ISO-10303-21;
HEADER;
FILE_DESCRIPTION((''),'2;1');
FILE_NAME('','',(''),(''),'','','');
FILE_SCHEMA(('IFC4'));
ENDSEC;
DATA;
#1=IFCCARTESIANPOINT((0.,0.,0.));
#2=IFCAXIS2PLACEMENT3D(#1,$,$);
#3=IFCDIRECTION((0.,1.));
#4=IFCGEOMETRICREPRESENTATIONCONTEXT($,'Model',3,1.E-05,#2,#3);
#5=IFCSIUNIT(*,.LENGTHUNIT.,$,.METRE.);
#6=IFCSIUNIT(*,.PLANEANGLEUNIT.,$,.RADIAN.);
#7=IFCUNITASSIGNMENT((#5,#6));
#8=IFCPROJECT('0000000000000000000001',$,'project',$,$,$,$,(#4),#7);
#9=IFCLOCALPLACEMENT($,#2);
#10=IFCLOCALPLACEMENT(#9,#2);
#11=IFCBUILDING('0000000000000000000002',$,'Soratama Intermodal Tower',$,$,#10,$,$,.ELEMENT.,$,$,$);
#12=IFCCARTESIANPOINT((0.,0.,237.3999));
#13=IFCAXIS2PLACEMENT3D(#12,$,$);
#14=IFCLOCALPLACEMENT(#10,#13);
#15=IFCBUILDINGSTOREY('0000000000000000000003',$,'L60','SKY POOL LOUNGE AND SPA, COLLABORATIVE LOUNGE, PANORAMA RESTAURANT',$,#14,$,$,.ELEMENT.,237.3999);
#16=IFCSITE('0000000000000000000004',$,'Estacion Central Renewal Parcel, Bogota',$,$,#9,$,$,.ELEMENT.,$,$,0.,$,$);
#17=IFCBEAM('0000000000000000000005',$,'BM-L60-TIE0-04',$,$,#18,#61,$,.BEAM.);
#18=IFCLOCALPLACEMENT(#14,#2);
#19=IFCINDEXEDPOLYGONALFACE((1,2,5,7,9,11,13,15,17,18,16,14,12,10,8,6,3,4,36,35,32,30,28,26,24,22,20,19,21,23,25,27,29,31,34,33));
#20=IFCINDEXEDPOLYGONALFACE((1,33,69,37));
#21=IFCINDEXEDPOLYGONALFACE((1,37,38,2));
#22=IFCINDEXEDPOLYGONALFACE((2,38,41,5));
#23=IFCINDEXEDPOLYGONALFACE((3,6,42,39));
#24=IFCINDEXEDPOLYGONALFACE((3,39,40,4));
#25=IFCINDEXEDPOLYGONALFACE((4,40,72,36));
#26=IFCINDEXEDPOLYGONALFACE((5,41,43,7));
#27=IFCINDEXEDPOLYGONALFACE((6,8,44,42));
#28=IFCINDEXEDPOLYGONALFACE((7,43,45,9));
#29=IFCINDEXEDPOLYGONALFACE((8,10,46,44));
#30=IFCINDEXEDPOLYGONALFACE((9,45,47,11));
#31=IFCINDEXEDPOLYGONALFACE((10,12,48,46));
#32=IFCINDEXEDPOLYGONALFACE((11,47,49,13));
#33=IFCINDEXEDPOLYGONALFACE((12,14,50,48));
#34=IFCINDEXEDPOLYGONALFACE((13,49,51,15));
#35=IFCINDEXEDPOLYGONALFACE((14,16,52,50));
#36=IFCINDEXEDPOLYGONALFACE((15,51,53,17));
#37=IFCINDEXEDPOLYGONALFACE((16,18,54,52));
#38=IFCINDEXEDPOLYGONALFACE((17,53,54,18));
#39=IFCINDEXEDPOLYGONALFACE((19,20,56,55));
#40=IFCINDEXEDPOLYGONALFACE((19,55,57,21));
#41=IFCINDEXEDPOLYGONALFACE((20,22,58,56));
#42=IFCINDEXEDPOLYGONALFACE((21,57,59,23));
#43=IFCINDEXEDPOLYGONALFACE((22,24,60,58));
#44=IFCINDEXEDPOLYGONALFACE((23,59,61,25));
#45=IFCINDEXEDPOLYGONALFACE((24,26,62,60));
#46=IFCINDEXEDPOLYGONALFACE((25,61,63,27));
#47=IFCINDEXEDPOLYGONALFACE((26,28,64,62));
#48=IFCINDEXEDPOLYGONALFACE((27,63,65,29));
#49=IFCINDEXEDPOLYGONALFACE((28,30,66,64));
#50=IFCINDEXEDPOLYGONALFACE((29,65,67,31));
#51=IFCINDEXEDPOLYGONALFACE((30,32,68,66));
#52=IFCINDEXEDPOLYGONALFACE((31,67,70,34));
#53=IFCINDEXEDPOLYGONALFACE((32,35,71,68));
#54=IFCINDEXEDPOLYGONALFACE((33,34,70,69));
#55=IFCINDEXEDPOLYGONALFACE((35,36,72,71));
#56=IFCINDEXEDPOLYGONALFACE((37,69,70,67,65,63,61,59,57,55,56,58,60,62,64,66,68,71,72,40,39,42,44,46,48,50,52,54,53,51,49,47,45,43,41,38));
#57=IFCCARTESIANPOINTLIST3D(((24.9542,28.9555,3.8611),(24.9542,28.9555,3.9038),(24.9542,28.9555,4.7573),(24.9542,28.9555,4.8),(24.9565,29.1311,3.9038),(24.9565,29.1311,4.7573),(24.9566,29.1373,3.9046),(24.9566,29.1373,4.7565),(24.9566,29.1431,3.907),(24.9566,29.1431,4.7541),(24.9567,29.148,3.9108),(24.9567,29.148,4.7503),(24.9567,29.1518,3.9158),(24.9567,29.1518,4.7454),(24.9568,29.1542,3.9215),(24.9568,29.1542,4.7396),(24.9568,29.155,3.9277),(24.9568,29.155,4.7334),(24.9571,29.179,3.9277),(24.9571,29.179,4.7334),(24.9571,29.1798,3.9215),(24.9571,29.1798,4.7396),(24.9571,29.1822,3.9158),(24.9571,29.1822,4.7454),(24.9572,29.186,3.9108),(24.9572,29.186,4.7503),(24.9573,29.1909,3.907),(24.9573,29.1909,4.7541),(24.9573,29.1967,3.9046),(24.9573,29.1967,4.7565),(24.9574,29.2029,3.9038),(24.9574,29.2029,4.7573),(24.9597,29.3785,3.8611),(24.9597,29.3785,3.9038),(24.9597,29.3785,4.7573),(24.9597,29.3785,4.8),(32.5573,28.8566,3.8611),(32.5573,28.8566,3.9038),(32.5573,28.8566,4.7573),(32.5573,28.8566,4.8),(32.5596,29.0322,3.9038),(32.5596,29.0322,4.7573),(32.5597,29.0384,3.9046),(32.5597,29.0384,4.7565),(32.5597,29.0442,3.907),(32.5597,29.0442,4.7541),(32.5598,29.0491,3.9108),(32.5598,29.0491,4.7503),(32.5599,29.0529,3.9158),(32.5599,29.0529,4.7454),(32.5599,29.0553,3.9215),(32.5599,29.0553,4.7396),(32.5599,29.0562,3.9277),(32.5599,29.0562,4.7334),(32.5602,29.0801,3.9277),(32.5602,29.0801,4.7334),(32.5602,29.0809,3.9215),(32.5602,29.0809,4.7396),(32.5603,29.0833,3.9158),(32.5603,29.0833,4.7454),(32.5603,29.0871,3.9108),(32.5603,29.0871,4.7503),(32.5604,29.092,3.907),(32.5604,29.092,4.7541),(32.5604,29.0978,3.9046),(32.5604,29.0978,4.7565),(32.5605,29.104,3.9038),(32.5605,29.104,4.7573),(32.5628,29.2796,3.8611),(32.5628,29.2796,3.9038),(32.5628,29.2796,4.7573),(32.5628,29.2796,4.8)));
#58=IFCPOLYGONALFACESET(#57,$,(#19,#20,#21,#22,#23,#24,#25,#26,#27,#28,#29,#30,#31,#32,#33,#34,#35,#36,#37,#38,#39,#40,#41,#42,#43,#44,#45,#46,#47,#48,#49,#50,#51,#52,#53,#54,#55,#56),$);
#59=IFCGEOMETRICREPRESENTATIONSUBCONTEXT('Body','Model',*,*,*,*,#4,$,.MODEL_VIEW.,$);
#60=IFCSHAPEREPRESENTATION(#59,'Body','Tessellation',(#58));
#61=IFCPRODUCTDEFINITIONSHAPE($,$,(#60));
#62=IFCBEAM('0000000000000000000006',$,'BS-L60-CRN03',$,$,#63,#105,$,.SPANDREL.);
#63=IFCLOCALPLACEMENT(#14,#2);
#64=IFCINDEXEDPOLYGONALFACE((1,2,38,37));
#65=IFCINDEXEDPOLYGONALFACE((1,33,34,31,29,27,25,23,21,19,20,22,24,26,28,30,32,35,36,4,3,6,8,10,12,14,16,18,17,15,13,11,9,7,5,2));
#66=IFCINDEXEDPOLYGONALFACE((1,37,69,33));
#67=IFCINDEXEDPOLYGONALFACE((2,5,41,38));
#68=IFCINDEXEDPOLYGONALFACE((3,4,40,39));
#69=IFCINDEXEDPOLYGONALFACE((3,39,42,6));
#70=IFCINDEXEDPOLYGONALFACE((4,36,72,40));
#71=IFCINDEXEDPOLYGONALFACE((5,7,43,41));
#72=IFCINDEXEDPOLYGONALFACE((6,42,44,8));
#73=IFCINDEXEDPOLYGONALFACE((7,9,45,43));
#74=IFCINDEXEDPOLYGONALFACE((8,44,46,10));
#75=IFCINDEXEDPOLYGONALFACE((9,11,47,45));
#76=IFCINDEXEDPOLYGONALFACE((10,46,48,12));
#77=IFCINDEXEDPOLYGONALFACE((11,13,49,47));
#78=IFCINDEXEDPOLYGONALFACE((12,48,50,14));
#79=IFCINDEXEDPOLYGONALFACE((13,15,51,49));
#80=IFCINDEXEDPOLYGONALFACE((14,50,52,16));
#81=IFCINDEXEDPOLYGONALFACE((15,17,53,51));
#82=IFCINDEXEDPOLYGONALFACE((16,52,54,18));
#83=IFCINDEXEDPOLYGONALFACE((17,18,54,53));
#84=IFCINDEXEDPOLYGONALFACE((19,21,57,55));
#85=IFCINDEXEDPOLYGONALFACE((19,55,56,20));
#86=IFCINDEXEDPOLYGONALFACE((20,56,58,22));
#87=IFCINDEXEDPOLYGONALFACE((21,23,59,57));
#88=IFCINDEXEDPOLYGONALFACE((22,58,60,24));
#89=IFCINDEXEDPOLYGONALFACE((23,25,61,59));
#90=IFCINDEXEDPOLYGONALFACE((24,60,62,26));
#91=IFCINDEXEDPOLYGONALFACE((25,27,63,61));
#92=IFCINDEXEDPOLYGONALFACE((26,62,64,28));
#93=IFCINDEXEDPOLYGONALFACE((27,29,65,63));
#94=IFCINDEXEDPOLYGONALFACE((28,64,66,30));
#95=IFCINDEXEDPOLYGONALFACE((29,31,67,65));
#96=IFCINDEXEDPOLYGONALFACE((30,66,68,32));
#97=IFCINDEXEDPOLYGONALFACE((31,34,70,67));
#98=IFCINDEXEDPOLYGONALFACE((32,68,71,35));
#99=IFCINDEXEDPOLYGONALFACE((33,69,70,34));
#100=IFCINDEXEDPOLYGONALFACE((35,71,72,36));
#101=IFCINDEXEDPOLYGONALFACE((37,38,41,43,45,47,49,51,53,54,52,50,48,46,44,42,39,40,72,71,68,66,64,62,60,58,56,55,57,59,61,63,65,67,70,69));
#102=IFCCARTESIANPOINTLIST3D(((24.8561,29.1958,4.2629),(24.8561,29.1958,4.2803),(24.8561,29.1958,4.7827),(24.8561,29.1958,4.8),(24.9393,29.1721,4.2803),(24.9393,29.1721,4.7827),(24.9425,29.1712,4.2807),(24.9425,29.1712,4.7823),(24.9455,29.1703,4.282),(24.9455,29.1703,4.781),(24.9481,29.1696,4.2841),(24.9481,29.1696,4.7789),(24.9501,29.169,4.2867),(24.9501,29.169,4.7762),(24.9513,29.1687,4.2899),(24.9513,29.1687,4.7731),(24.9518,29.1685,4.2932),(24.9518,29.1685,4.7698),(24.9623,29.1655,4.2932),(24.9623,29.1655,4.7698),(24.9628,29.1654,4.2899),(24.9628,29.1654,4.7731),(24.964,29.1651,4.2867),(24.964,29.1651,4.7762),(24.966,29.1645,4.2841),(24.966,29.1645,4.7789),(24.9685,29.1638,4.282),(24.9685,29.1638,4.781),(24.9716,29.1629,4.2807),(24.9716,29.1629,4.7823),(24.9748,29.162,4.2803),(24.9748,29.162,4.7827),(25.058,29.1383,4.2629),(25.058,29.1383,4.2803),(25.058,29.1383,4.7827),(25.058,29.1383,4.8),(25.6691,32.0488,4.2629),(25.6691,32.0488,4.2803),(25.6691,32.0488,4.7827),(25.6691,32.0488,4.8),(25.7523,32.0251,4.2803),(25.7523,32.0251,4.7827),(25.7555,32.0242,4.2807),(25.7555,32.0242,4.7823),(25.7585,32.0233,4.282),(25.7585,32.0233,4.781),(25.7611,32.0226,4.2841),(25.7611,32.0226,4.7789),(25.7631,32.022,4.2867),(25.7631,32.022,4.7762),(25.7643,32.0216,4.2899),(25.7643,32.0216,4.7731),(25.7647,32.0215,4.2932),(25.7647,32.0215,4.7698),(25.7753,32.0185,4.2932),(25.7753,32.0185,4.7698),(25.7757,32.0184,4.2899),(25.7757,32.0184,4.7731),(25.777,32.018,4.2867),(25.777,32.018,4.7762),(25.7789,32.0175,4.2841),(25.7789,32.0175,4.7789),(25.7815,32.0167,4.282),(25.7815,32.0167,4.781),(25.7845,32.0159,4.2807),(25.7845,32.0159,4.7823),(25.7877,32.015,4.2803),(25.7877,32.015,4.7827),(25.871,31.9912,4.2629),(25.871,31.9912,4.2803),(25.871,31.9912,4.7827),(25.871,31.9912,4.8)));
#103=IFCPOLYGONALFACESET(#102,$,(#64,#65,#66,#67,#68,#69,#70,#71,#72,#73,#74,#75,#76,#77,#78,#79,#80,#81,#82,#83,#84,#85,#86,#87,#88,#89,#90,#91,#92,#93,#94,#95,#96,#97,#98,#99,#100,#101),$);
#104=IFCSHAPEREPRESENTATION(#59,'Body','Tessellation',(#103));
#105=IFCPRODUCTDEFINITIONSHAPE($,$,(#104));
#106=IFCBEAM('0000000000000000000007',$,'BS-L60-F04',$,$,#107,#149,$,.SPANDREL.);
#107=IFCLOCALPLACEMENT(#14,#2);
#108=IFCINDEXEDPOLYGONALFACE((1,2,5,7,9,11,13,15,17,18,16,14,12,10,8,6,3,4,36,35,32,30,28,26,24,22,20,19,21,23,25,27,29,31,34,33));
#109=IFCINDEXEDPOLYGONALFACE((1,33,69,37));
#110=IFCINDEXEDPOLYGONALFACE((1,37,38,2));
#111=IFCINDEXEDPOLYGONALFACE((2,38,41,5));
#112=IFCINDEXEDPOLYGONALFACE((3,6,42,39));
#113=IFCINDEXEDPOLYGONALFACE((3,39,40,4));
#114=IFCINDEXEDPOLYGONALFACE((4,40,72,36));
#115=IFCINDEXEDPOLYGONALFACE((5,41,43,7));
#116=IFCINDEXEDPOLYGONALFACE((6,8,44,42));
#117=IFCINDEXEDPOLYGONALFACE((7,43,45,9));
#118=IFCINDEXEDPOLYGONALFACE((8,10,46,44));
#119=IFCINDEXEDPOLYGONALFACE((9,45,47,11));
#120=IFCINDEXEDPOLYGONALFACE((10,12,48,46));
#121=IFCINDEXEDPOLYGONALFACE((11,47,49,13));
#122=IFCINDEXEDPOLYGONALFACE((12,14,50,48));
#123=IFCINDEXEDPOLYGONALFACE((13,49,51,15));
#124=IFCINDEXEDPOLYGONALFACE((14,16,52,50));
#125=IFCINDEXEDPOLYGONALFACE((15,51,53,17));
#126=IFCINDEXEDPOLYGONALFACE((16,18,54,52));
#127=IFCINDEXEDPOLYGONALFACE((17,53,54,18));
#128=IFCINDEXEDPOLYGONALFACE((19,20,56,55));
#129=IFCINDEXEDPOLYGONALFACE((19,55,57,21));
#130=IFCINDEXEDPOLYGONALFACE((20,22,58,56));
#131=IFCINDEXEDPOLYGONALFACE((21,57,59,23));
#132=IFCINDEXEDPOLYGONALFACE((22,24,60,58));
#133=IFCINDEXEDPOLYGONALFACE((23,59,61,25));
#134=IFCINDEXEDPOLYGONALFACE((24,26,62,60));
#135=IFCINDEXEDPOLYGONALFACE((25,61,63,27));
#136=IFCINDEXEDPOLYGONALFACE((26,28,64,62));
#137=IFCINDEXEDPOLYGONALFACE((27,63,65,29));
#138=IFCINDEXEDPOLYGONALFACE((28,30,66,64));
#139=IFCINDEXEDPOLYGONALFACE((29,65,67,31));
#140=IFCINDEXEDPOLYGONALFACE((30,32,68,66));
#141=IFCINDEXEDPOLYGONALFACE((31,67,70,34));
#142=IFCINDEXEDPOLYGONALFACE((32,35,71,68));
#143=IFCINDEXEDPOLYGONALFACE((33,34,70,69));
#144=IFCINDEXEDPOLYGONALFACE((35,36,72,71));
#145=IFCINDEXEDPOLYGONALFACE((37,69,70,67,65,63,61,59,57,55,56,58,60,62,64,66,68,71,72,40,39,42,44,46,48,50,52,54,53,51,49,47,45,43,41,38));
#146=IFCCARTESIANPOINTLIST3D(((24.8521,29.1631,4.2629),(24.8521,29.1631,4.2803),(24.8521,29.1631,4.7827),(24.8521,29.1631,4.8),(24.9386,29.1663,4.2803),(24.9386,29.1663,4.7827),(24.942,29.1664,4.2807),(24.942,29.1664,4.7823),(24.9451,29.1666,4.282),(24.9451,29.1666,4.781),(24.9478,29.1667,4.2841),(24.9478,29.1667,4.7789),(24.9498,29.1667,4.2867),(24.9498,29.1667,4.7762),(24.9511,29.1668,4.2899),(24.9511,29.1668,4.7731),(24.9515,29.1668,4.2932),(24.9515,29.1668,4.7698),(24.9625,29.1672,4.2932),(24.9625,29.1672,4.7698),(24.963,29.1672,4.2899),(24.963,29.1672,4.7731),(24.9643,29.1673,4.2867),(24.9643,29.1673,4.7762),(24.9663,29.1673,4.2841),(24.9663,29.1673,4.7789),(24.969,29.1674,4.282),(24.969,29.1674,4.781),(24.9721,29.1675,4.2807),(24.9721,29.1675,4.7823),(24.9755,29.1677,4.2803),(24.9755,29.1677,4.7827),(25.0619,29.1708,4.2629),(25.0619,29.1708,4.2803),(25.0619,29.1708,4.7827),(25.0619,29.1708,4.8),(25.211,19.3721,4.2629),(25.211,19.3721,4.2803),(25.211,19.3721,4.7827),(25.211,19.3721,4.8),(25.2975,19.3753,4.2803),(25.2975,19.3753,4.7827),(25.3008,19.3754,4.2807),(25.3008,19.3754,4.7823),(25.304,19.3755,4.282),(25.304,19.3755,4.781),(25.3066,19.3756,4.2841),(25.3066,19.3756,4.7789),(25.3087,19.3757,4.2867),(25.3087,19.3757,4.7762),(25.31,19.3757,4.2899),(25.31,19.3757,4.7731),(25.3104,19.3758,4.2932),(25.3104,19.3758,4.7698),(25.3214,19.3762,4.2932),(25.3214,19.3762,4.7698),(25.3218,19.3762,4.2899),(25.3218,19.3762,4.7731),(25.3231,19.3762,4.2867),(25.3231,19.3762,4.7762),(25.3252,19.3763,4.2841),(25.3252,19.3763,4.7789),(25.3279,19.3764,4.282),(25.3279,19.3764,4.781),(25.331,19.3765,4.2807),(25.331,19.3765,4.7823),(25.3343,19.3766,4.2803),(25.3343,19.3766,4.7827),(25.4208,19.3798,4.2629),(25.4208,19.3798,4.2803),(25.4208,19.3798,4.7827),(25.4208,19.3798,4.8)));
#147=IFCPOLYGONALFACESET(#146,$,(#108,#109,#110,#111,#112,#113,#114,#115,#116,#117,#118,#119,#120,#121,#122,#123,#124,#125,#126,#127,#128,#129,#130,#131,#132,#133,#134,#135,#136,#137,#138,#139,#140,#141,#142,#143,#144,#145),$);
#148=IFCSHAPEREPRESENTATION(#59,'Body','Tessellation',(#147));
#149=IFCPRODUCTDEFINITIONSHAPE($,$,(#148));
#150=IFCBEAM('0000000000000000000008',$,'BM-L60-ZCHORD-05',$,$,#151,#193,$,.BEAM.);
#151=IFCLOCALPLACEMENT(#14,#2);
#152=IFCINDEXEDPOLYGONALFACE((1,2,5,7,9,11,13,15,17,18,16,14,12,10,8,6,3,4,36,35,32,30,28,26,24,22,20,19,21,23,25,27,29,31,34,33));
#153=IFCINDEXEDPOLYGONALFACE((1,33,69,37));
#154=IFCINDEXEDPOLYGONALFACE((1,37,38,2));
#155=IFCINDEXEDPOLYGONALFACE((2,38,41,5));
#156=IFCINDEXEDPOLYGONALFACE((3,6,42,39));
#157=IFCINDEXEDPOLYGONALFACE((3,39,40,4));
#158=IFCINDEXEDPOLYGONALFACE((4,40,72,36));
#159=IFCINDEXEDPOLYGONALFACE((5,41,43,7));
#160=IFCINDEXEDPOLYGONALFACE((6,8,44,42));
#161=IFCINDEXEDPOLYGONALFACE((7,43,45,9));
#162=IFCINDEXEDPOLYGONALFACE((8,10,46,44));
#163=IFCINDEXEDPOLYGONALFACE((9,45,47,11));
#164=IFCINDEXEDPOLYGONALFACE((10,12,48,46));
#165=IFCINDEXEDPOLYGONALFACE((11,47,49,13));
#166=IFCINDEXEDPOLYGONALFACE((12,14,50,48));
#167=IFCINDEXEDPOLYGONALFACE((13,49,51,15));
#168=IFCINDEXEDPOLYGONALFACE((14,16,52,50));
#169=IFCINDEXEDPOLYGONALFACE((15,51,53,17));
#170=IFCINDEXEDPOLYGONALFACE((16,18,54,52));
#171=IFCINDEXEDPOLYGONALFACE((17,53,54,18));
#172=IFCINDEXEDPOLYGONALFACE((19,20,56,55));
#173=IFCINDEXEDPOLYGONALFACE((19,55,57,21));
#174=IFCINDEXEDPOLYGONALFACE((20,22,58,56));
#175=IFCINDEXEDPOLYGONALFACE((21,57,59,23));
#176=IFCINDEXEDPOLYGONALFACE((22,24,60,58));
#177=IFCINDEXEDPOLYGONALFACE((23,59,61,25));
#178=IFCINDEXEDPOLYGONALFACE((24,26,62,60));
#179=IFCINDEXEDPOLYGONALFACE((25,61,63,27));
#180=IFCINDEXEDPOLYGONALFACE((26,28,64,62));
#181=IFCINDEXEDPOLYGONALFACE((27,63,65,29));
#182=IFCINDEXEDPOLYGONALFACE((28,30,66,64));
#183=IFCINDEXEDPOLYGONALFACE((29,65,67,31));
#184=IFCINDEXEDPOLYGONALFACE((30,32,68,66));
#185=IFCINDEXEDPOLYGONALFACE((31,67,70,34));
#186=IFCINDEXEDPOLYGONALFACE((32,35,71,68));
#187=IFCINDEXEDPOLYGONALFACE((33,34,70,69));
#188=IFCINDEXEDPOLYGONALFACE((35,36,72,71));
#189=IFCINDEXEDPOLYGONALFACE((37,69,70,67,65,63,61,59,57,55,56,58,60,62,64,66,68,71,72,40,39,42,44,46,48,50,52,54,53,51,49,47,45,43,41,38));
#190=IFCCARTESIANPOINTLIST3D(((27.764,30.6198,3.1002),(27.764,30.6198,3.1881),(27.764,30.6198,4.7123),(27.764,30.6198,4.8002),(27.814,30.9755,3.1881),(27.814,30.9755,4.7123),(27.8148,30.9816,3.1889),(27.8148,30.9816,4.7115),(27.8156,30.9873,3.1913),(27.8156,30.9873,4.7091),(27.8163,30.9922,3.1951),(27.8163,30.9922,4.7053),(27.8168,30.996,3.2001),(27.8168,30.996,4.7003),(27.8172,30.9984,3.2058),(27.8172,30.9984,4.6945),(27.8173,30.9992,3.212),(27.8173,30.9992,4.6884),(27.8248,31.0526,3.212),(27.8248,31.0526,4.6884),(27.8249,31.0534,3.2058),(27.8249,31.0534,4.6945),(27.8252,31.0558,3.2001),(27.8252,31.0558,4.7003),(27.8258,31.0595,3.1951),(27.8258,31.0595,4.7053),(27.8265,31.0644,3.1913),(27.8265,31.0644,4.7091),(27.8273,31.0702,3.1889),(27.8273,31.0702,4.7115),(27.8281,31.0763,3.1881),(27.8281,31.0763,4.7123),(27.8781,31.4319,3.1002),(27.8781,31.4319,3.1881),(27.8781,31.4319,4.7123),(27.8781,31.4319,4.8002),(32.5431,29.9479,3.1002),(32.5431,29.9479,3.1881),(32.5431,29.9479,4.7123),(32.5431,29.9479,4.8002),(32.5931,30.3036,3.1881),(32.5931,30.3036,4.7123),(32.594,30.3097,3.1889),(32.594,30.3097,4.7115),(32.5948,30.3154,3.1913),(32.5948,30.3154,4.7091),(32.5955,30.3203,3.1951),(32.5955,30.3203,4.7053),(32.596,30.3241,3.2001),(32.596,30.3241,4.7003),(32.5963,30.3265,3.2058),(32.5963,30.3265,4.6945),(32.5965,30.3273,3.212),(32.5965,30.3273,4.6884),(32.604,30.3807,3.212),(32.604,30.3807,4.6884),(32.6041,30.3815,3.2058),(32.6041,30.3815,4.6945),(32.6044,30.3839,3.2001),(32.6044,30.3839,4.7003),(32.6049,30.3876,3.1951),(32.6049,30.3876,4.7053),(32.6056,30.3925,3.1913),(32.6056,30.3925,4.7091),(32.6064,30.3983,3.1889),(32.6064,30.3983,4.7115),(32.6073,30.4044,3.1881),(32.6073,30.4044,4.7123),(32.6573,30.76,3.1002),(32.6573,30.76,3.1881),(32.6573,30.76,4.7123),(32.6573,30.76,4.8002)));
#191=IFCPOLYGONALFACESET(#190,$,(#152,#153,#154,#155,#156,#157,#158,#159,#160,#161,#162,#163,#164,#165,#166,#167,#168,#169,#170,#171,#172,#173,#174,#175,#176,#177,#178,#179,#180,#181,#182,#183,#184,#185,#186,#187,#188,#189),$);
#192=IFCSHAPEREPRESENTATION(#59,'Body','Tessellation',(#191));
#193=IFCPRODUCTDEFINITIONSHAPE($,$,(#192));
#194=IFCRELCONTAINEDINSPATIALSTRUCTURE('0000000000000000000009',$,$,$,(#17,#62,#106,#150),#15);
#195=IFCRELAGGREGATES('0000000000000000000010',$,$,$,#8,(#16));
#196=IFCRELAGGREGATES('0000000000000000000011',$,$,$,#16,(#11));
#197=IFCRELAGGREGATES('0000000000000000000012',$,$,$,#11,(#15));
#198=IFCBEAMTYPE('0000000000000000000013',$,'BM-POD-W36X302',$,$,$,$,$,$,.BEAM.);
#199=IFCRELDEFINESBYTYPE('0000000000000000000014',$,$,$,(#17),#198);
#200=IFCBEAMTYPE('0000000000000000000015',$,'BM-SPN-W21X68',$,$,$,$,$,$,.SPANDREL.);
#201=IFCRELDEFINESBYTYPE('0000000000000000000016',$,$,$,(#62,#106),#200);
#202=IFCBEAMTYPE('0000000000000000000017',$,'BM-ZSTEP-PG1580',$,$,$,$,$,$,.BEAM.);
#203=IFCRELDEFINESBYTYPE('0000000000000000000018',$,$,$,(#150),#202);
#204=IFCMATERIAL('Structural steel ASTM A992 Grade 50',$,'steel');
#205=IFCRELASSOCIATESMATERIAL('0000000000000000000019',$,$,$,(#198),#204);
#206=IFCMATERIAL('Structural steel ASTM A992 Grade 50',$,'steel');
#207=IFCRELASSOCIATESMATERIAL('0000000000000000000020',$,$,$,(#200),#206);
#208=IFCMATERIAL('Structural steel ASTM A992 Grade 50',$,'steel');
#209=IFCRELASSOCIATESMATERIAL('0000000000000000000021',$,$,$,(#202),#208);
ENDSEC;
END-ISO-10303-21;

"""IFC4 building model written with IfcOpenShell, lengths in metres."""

from ifc_helpers import new_model, si_unit, direction, frame, origin, origin_2d, place, context, subcontext, project, spatial, i_section, extrude, material, material_profile, profile_set, type_object, element, save


model = new_model("IFC4")

# Units and contexts
model_context = context("Model", 3, precision=1e-05, world=origin(), true_north=direction((0.0, 1.0)))
body_context = subcontext(model_context, "Body", "Model", "MODEL_VIEW")
ifc_project = project(units=[si_unit("LENGTHUNIT", "METRE"), si_unit("PLANEANGLEUNIT", "RADIAN")], contexts=[model_context])

# Site, building, storey
site_placement = place(None, origin())
site = spatial("IfcSite", under=ifc_project, at=site_placement, Name="Estacion Central Renewal Parcel, Bogota", CompositionType="ELEMENT", RefElevation=0.0)
building_placement = place(site_placement, origin())
building = spatial("IfcBuilding", under=site, at=building_placement, Name="Soratama Intermodal Tower", CompositionType="ELEMENT")
storey_placement = place(building_placement, frame((0.0, 0.0, 237.3999)))
storey = spatial("IfcBuildingStorey", under=building, at=storey_placement, Name="L60", Description="SKY POOL LOUNGE AND SPA, COLLABORATIVE LOUNGE, PANORAMA RESTAURANT", CompositionType="ELEMENT", Elevation=237.3999)

# Beams
ifc_material_1 = material(Name="Structural steel ASTM A992 Grade 50", Category="steel")
ifc_material_profile_1 = material_profile(ifc_material_1, i_section(OverallWidth=0.4231, OverallDepth=0.939, WebThickness=0.0239, FlangeThickness=0.0427, FilletRadius=0.0239, at=origin_2d()), Name="W36X302")
ifc_profile_set_1 = profile_set([ifc_material_profile_1], Name="Structural steel ASTM A992 Grade 50")
beam_type_1 = type_object("IfcBeamType", Name="BM-POD-W36X302", PredefinedType="BEAM", material=ifc_profile_set_1)
beam_1_placement = place(storey_placement, frame((32.5601, 29.0681, 4.3306), z_axis=(-0.999915, 0.013004, 0.0), x_axis=(-0.013004, -0.999915, 0.0)))
element("IfcBeam", 1, at=beam_1_placement, inside=storey, type_object=beam_type_1, Name="BM-L60-TIE0-04", PredefinedType="BEAM", context=body_context, shape_type="SweptSolid", body=[
    extrude(i_section(OverallWidth=0.4231, OverallDepth=0.939, WebThickness=0.0239, FlangeThickness=0.0427, FilletRadius=0.0239, at=origin_2d()), origin(), (0.0, 0.0, 1.0), 7.6038),
])
ifc_material_2 = material(Name="Structural steel ASTM A992 Grade 50", Category="steel")
ifc_material_profile_2 = material_profile(ifc_material_2, i_section(OverallWidth=0.21, OverallDepth=0.5371, WebThickness=0.011, FlangeThickness=0.0173, FilletRadius=0.0129, at=origin_2d()), Name="W21X68")
ifc_profile_set_2 = profile_set([ifc_material_profile_2], Name="Structural steel ASTM A992 Grade 50")
beam_type_2 = type_object("IfcBeamType", Name="BM-SPN-W21X68", PredefinedType="SPANDREL", material=ifc_profile_set_2)
beam_2_placement = place(storey_placement, frame((25.77, 32.02, 4.5315), z_axis=(-0.274047, -0.961716, 0.0), x_axis=(0.961716, -0.274047, 0.0)))
element("IfcBeam", 2, at=beam_2_placement, inside=storey, type_object=beam_type_2, Name="BS-L60-CRN03", PredefinedType="SPANDREL", context=body_context, shape_type="SweptSolid", body=[
    extrude(i_section(OverallWidth=0.21, OverallDepth=0.5371, WebThickness=0.011, FlangeThickness=0.0173, FilletRadius=0.0129, at=origin_2d()), origin(), (0.0, 0.0, 1.0), 2.9666),
])
beam_3_placement = place(storey_placement, frame((24.957, 29.167, 4.5315), z_axis=(0.03663, -0.999329, 0.0), x_axis=(0.999329, 0.03663, 0.0)))
element("IfcBeam", 3, at=beam_3_placement, inside=storey, type_object=beam_type_2, Name="BS-L60-F04", PredefinedType="SPANDREL", context=body_context, shape_type="SweptSolid", body=[
    extrude(i_section(OverallWidth=0.21, OverallDepth=0.5371, WebThickness=0.011, FlangeThickness=0.0173, FilletRadius=0.0129, at=origin_2d()), origin(), (0.0, 0.0, 1.0), 9.7976),
])
ifc_material_3 = material(Name="Structural steel ASTM A992 Grade 50", Category="steel")
ifc_material_profile_3 = material_profile(ifc_material_3, i_section(OverallWidth=0.8201, OverallDepth=1.7, WebThickness=0.054, FlangeThickness=0.0879, FilletRadius=0.0239, at=origin_2d()), Name="PG1580X800")
ifc_profile_set_3 = profile_set([ifc_material_profile_3], Name="Structural steel ASTM A992 Grade 50")
beam_type_3 = type_object("IfcBeamType", Name="BM-ZSTEP-PG1580", PredefinedType="BEAM", material=ifc_profile_set_3)
beam_4_placement = place(storey_placement, frame((27.821, 31.0259, 3.9502), z_axis=(0.990262, -0.139218, 0.0), x_axis=(0.139218, 0.990262, 0.0)))
element("IfcBeam", 4, at=beam_4_placement, inside=storey, type_object=beam_type_3, Name="BM-L60-ZCHORD-05", PredefinedType="BEAM", context=body_context, shape_type="SweptSolid", body=[
    extrude(i_section(OverallWidth=0.8201, OverallDepth=1.7, WebThickness=0.054, FlangeThickness=0.0879, FilletRadius=0.0239, at=origin_2d()), origin(), (0.0, 0.0, 1.0), 4.8262),
])

save(model, "model.ifc")
